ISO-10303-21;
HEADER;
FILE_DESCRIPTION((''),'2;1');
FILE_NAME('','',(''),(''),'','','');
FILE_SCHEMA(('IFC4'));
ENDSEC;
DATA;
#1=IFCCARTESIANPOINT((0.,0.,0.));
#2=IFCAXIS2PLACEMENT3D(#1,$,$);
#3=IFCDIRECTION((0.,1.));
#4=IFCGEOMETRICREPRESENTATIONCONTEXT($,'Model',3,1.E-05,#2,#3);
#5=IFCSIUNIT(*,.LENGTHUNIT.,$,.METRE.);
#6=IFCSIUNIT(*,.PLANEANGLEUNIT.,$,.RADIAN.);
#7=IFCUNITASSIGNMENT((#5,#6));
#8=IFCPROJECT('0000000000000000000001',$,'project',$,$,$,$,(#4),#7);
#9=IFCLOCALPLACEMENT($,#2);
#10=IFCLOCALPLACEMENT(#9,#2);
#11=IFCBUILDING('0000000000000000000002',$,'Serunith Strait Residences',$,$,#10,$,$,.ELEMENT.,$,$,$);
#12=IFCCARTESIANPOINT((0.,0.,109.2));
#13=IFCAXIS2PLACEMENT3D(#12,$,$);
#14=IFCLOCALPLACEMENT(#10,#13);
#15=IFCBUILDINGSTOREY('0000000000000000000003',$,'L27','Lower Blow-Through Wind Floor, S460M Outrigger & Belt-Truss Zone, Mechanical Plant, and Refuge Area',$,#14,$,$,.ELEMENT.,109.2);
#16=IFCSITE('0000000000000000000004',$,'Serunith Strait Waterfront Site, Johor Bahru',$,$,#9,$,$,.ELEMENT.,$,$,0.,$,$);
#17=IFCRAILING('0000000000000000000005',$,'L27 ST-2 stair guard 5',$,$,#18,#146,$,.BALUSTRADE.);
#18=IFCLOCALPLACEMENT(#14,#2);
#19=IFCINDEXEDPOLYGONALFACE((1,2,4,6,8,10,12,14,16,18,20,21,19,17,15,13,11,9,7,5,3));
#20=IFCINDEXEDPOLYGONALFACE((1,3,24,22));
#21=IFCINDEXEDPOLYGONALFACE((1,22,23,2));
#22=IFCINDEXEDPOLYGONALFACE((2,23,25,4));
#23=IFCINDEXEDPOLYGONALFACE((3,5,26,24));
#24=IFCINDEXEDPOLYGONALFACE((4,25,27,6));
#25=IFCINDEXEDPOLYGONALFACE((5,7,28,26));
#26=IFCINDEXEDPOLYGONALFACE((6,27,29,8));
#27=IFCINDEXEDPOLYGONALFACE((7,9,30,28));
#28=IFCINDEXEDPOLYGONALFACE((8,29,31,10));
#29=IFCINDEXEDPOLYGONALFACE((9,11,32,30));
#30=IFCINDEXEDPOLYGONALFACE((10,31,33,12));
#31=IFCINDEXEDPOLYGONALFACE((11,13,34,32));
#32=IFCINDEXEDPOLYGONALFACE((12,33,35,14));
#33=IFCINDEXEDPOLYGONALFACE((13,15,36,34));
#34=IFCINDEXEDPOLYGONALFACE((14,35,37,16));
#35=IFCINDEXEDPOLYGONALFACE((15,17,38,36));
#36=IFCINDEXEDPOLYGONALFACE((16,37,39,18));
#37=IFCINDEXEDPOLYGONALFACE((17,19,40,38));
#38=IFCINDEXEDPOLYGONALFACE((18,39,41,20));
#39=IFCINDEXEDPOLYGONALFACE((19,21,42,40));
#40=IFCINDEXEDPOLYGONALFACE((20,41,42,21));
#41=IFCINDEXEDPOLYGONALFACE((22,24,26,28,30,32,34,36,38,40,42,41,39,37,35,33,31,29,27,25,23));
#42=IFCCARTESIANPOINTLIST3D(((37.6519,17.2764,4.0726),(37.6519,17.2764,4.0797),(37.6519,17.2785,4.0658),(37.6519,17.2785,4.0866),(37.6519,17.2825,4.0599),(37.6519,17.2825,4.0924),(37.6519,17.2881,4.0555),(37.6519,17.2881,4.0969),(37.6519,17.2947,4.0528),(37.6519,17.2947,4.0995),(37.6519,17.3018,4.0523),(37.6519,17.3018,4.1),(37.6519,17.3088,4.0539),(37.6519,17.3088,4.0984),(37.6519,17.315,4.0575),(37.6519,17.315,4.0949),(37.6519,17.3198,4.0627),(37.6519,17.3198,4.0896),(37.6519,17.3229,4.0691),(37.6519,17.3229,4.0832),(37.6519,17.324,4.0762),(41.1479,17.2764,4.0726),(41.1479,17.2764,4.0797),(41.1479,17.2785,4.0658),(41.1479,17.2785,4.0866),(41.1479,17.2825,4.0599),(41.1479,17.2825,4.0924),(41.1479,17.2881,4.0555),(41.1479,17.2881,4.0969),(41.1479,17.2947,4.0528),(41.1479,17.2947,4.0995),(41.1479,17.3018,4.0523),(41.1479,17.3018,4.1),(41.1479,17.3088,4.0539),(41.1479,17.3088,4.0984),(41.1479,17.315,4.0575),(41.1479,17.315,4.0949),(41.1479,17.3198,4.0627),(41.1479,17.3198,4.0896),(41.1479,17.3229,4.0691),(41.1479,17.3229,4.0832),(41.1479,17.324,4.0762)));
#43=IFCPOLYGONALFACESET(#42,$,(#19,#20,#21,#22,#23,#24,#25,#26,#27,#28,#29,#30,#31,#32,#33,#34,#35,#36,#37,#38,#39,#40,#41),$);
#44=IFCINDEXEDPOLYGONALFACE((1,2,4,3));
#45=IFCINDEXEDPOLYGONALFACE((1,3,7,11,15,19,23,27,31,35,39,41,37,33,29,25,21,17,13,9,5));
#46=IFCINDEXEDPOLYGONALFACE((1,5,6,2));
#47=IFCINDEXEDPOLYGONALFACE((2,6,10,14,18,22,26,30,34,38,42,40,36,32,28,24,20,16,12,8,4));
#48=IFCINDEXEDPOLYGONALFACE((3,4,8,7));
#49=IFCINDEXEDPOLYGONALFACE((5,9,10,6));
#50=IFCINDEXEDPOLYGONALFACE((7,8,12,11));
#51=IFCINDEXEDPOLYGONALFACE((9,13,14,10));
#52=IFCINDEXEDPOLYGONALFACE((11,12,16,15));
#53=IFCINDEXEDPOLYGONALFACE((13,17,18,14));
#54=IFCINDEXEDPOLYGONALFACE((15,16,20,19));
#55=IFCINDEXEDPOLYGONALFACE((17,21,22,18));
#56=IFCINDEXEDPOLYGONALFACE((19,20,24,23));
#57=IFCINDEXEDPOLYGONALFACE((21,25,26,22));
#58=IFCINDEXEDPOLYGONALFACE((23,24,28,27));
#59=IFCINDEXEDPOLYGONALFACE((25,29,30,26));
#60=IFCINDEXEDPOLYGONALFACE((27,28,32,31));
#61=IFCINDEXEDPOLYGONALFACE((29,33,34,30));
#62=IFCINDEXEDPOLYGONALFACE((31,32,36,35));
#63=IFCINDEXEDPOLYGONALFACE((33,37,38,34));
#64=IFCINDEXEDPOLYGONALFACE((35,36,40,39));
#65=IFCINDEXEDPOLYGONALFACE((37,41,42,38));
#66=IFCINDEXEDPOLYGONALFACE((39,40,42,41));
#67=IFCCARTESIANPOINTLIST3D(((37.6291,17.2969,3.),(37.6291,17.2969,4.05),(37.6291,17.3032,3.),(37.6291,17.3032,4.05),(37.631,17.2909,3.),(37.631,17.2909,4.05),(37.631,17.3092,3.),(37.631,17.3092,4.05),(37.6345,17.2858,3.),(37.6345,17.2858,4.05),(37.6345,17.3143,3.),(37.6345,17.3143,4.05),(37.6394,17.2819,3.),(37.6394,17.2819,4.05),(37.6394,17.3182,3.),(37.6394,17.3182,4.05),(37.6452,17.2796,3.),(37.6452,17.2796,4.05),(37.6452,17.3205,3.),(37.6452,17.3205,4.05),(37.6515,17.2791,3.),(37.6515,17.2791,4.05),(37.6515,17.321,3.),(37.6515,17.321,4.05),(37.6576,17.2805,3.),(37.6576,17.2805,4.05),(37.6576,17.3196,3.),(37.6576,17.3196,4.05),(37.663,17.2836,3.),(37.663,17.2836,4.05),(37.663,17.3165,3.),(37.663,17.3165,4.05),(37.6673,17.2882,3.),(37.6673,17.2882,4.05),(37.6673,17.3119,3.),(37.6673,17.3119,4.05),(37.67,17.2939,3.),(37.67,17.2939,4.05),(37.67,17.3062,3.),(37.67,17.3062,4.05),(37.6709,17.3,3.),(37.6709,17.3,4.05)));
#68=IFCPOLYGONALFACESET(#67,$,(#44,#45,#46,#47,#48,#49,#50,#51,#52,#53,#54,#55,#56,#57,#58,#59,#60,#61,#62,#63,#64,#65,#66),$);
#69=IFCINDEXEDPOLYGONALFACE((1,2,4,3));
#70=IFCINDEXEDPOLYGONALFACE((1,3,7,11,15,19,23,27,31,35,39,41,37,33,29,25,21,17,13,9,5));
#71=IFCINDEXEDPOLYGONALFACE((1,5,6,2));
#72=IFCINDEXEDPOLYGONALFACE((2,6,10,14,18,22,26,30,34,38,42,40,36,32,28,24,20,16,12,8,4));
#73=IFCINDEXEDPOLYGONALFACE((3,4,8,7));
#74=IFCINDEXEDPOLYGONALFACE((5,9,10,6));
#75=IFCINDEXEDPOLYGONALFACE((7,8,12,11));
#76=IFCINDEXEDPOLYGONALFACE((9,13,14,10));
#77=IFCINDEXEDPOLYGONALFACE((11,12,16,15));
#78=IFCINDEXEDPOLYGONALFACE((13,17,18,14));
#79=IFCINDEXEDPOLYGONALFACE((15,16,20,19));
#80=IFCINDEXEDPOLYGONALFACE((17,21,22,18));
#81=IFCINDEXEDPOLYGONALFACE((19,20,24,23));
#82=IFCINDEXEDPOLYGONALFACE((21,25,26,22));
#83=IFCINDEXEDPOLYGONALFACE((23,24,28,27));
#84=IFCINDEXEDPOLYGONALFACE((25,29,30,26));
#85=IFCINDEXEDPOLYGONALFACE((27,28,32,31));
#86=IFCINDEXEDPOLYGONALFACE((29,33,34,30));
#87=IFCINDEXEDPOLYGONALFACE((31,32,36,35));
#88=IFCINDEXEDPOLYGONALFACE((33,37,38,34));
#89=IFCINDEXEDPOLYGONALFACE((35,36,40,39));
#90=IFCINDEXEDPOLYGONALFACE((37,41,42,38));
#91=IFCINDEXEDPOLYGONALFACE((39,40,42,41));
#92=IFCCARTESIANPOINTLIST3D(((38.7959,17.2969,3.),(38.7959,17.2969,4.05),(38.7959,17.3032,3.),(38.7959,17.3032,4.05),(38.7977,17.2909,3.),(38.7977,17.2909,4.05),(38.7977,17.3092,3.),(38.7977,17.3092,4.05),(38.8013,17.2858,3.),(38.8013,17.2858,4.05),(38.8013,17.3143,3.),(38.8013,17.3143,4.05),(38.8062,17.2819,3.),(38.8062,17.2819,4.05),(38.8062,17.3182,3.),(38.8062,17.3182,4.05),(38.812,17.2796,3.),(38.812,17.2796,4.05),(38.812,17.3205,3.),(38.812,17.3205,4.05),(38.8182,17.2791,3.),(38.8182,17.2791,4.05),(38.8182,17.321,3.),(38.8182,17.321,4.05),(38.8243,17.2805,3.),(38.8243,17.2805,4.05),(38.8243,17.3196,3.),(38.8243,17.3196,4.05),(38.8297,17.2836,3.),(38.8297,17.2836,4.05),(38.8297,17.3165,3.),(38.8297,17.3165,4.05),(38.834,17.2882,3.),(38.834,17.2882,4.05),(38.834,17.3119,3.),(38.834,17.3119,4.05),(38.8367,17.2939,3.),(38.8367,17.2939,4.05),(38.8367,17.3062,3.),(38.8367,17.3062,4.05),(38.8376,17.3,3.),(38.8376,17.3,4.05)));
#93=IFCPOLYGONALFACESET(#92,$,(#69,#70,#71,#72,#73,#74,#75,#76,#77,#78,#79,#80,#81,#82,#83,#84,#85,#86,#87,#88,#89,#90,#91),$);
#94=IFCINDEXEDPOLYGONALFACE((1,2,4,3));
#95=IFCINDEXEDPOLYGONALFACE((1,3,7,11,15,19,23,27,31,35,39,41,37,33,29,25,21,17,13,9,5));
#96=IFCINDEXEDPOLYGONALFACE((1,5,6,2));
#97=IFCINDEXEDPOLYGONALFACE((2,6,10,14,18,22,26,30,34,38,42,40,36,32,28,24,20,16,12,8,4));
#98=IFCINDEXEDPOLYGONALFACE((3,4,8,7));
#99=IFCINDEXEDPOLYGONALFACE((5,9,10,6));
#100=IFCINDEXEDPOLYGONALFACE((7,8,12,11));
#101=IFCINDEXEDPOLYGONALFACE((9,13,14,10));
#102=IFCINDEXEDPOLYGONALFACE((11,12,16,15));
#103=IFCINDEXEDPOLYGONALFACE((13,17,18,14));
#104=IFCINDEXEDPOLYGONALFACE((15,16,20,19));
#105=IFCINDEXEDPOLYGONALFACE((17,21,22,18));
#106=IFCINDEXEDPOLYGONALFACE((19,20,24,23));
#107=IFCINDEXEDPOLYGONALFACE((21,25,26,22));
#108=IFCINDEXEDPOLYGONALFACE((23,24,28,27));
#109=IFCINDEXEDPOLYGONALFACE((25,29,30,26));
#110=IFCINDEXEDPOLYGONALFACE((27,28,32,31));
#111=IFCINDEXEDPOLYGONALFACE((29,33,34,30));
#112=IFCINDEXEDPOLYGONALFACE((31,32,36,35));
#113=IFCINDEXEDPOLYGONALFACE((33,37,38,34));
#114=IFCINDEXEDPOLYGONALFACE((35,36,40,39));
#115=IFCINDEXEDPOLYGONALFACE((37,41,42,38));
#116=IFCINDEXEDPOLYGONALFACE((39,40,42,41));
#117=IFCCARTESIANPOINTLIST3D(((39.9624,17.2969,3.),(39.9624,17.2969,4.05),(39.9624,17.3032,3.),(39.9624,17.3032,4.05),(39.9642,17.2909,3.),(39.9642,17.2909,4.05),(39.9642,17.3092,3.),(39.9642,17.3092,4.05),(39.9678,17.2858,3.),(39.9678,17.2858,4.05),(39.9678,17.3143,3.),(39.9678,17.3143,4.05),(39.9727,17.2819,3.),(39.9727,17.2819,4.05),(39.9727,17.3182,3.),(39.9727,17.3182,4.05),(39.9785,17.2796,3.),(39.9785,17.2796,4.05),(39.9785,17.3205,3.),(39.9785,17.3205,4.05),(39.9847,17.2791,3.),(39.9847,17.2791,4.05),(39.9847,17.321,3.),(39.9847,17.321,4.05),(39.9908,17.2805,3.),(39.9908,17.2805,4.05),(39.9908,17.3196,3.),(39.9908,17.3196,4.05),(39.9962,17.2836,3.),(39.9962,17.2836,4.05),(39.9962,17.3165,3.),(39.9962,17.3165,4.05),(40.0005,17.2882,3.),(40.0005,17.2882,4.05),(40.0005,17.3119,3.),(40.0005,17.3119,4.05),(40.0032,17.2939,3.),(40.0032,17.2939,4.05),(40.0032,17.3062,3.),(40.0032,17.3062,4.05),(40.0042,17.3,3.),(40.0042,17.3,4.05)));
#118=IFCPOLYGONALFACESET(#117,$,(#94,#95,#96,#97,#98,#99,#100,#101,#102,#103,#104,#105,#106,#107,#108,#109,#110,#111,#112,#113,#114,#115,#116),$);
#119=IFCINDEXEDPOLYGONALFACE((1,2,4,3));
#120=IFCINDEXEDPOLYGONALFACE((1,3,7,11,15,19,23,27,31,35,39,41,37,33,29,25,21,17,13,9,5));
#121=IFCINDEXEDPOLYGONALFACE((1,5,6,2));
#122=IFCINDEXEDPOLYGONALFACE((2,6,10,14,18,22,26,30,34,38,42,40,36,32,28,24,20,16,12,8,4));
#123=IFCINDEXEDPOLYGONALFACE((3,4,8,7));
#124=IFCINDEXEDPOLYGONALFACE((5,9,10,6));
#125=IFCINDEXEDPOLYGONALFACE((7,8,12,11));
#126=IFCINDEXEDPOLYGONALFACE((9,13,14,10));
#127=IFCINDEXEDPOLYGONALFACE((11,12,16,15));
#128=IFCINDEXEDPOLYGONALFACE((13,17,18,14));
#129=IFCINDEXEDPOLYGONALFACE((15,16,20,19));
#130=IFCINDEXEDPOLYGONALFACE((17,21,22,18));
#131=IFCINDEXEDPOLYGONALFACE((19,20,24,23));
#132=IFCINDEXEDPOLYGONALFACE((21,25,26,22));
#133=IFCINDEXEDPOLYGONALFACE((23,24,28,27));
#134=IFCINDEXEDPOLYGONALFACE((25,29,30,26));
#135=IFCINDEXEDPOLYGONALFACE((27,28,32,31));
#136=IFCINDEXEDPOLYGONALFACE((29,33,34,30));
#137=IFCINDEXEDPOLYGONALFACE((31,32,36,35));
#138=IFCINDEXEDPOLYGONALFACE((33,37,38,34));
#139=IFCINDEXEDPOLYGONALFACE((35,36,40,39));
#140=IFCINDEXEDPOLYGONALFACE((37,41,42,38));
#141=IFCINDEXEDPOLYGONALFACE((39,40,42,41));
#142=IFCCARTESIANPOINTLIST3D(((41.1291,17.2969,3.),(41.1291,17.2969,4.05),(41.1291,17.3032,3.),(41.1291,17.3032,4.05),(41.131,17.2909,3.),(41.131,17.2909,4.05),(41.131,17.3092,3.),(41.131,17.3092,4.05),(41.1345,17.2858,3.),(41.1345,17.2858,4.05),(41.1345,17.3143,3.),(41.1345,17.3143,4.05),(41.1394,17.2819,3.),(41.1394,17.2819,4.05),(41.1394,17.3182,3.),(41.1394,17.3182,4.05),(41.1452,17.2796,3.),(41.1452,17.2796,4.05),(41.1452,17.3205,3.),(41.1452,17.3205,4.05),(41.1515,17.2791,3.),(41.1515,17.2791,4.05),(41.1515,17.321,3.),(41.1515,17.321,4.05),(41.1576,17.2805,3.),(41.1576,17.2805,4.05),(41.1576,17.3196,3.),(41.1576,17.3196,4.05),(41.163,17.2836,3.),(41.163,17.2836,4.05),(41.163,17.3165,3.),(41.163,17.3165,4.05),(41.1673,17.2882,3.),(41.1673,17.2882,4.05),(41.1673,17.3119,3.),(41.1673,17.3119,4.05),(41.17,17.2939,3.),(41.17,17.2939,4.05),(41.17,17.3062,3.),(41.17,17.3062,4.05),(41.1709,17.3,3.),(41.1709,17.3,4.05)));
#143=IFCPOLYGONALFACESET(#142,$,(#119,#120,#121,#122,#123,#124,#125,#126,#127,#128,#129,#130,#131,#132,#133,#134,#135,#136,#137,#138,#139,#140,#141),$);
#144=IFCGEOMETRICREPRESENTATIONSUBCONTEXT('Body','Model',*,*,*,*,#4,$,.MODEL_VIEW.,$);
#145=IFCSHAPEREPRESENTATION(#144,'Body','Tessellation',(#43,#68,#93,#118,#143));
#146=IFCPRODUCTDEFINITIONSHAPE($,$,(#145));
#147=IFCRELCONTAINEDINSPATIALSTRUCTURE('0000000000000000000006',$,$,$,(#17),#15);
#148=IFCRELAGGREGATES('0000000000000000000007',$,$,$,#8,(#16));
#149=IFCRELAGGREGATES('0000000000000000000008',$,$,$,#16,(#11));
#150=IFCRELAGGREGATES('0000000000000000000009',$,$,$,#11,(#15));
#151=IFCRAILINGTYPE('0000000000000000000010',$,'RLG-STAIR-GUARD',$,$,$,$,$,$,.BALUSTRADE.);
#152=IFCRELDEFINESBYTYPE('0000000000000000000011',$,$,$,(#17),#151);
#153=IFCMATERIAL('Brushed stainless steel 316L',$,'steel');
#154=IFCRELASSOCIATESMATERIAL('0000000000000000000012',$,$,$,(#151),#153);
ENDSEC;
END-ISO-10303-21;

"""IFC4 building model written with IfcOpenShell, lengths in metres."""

from ifc_helpers import new_model, si_unit, direction, frame, origin, origin_2d, place, context, subcontext, project, spatial, circle, extrude, material, type_object, element, save


model = new_model("IFC4")

# Units and contexts
model_context = context("Model", 3, precision=1e-05, world=origin(), true_north=direction((0.0, 1.0)))
body_context = subcontext(model_context, "Body", "Model", "MODEL_VIEW")
ifc_project = project(units=[si_unit("LENGTHUNIT", "METRE"), si_unit("PLANEANGLEUNIT", "RADIAN")], contexts=[model_context])

# Site, building, storey
site_placement = place(None, origin())
site = spatial("IfcSite", under=ifc_project, at=site_placement, Name="Serunith Strait Waterfront Site, Johor Bahru", CompositionType="ELEMENT", RefElevation=0.0)
building_placement = place(site_placement, origin())
building = spatial("IfcBuilding", under=site, at=building_placement, Name="Serunith Strait Residences", CompositionType="ELEMENT")
storey_placement = place(building_placement, frame((0.0, 0.0, 109.2)))
storey = spatial("IfcBuildingStorey", under=building, at=storey_placement, Name="L27", Description="Lower Blow-Through Wind Floor, S460M Outrigger & Belt-Truss Zone, Mechanical Plant, and Refuge Area", CompositionType="ELEMENT", Elevation=109.2)

# Railing
ifc_material_1 = material(Name="Brushed stainless steel 316L", Category="steel")
railing_type_1 = type_object("IfcRailingType", Name="RLG-STAIR-GUARD", PredefinedType="BALUSTRADE", material=ifc_material_1)
railing_1_placement = place(storey_placement, frame((37.6499, 17.3, 3.0)))
element("IfcRailing", 1, at=railing_1_placement, inside=storey, type_object=railing_type_1, Name="L27 ST-2 stair guard 5", PredefinedType="BALUSTRADE", context=body_context, shape_type="SweptSolid", body=[
    extrude(circle(Radius=0.0239, at=origin_2d()), frame((0.002, 0.0, 1.0762), z_axis=(1.0, 0.0, 0.0), x_axis=(0.0, 1.0, 0.0)), (0.0, 0.0, 1.0), 3.4961),
    extrude(circle(Radius=0.021, at=origin_2d()), origin(), (0.0, 0.0, 1.0), 1.05),
    extrude(circle(Radius=0.021, at=origin_2d()), frame((1.1667, 0.0, 0.0)), (0.0, 0.0, 1.0), 1.05),
    extrude(circle(Radius=0.021, at=origin_2d()), frame((2.3333, 0.0, 0.0)), (0.0, 0.0, 1.0), 1.05),
    extrude(circle(Radius=0.021, at=origin_2d()), frame((3.5, 0.0, 0.0)), (0.0, 0.0, 1.0), 1.05),
])

save(model, "model.ifc")
